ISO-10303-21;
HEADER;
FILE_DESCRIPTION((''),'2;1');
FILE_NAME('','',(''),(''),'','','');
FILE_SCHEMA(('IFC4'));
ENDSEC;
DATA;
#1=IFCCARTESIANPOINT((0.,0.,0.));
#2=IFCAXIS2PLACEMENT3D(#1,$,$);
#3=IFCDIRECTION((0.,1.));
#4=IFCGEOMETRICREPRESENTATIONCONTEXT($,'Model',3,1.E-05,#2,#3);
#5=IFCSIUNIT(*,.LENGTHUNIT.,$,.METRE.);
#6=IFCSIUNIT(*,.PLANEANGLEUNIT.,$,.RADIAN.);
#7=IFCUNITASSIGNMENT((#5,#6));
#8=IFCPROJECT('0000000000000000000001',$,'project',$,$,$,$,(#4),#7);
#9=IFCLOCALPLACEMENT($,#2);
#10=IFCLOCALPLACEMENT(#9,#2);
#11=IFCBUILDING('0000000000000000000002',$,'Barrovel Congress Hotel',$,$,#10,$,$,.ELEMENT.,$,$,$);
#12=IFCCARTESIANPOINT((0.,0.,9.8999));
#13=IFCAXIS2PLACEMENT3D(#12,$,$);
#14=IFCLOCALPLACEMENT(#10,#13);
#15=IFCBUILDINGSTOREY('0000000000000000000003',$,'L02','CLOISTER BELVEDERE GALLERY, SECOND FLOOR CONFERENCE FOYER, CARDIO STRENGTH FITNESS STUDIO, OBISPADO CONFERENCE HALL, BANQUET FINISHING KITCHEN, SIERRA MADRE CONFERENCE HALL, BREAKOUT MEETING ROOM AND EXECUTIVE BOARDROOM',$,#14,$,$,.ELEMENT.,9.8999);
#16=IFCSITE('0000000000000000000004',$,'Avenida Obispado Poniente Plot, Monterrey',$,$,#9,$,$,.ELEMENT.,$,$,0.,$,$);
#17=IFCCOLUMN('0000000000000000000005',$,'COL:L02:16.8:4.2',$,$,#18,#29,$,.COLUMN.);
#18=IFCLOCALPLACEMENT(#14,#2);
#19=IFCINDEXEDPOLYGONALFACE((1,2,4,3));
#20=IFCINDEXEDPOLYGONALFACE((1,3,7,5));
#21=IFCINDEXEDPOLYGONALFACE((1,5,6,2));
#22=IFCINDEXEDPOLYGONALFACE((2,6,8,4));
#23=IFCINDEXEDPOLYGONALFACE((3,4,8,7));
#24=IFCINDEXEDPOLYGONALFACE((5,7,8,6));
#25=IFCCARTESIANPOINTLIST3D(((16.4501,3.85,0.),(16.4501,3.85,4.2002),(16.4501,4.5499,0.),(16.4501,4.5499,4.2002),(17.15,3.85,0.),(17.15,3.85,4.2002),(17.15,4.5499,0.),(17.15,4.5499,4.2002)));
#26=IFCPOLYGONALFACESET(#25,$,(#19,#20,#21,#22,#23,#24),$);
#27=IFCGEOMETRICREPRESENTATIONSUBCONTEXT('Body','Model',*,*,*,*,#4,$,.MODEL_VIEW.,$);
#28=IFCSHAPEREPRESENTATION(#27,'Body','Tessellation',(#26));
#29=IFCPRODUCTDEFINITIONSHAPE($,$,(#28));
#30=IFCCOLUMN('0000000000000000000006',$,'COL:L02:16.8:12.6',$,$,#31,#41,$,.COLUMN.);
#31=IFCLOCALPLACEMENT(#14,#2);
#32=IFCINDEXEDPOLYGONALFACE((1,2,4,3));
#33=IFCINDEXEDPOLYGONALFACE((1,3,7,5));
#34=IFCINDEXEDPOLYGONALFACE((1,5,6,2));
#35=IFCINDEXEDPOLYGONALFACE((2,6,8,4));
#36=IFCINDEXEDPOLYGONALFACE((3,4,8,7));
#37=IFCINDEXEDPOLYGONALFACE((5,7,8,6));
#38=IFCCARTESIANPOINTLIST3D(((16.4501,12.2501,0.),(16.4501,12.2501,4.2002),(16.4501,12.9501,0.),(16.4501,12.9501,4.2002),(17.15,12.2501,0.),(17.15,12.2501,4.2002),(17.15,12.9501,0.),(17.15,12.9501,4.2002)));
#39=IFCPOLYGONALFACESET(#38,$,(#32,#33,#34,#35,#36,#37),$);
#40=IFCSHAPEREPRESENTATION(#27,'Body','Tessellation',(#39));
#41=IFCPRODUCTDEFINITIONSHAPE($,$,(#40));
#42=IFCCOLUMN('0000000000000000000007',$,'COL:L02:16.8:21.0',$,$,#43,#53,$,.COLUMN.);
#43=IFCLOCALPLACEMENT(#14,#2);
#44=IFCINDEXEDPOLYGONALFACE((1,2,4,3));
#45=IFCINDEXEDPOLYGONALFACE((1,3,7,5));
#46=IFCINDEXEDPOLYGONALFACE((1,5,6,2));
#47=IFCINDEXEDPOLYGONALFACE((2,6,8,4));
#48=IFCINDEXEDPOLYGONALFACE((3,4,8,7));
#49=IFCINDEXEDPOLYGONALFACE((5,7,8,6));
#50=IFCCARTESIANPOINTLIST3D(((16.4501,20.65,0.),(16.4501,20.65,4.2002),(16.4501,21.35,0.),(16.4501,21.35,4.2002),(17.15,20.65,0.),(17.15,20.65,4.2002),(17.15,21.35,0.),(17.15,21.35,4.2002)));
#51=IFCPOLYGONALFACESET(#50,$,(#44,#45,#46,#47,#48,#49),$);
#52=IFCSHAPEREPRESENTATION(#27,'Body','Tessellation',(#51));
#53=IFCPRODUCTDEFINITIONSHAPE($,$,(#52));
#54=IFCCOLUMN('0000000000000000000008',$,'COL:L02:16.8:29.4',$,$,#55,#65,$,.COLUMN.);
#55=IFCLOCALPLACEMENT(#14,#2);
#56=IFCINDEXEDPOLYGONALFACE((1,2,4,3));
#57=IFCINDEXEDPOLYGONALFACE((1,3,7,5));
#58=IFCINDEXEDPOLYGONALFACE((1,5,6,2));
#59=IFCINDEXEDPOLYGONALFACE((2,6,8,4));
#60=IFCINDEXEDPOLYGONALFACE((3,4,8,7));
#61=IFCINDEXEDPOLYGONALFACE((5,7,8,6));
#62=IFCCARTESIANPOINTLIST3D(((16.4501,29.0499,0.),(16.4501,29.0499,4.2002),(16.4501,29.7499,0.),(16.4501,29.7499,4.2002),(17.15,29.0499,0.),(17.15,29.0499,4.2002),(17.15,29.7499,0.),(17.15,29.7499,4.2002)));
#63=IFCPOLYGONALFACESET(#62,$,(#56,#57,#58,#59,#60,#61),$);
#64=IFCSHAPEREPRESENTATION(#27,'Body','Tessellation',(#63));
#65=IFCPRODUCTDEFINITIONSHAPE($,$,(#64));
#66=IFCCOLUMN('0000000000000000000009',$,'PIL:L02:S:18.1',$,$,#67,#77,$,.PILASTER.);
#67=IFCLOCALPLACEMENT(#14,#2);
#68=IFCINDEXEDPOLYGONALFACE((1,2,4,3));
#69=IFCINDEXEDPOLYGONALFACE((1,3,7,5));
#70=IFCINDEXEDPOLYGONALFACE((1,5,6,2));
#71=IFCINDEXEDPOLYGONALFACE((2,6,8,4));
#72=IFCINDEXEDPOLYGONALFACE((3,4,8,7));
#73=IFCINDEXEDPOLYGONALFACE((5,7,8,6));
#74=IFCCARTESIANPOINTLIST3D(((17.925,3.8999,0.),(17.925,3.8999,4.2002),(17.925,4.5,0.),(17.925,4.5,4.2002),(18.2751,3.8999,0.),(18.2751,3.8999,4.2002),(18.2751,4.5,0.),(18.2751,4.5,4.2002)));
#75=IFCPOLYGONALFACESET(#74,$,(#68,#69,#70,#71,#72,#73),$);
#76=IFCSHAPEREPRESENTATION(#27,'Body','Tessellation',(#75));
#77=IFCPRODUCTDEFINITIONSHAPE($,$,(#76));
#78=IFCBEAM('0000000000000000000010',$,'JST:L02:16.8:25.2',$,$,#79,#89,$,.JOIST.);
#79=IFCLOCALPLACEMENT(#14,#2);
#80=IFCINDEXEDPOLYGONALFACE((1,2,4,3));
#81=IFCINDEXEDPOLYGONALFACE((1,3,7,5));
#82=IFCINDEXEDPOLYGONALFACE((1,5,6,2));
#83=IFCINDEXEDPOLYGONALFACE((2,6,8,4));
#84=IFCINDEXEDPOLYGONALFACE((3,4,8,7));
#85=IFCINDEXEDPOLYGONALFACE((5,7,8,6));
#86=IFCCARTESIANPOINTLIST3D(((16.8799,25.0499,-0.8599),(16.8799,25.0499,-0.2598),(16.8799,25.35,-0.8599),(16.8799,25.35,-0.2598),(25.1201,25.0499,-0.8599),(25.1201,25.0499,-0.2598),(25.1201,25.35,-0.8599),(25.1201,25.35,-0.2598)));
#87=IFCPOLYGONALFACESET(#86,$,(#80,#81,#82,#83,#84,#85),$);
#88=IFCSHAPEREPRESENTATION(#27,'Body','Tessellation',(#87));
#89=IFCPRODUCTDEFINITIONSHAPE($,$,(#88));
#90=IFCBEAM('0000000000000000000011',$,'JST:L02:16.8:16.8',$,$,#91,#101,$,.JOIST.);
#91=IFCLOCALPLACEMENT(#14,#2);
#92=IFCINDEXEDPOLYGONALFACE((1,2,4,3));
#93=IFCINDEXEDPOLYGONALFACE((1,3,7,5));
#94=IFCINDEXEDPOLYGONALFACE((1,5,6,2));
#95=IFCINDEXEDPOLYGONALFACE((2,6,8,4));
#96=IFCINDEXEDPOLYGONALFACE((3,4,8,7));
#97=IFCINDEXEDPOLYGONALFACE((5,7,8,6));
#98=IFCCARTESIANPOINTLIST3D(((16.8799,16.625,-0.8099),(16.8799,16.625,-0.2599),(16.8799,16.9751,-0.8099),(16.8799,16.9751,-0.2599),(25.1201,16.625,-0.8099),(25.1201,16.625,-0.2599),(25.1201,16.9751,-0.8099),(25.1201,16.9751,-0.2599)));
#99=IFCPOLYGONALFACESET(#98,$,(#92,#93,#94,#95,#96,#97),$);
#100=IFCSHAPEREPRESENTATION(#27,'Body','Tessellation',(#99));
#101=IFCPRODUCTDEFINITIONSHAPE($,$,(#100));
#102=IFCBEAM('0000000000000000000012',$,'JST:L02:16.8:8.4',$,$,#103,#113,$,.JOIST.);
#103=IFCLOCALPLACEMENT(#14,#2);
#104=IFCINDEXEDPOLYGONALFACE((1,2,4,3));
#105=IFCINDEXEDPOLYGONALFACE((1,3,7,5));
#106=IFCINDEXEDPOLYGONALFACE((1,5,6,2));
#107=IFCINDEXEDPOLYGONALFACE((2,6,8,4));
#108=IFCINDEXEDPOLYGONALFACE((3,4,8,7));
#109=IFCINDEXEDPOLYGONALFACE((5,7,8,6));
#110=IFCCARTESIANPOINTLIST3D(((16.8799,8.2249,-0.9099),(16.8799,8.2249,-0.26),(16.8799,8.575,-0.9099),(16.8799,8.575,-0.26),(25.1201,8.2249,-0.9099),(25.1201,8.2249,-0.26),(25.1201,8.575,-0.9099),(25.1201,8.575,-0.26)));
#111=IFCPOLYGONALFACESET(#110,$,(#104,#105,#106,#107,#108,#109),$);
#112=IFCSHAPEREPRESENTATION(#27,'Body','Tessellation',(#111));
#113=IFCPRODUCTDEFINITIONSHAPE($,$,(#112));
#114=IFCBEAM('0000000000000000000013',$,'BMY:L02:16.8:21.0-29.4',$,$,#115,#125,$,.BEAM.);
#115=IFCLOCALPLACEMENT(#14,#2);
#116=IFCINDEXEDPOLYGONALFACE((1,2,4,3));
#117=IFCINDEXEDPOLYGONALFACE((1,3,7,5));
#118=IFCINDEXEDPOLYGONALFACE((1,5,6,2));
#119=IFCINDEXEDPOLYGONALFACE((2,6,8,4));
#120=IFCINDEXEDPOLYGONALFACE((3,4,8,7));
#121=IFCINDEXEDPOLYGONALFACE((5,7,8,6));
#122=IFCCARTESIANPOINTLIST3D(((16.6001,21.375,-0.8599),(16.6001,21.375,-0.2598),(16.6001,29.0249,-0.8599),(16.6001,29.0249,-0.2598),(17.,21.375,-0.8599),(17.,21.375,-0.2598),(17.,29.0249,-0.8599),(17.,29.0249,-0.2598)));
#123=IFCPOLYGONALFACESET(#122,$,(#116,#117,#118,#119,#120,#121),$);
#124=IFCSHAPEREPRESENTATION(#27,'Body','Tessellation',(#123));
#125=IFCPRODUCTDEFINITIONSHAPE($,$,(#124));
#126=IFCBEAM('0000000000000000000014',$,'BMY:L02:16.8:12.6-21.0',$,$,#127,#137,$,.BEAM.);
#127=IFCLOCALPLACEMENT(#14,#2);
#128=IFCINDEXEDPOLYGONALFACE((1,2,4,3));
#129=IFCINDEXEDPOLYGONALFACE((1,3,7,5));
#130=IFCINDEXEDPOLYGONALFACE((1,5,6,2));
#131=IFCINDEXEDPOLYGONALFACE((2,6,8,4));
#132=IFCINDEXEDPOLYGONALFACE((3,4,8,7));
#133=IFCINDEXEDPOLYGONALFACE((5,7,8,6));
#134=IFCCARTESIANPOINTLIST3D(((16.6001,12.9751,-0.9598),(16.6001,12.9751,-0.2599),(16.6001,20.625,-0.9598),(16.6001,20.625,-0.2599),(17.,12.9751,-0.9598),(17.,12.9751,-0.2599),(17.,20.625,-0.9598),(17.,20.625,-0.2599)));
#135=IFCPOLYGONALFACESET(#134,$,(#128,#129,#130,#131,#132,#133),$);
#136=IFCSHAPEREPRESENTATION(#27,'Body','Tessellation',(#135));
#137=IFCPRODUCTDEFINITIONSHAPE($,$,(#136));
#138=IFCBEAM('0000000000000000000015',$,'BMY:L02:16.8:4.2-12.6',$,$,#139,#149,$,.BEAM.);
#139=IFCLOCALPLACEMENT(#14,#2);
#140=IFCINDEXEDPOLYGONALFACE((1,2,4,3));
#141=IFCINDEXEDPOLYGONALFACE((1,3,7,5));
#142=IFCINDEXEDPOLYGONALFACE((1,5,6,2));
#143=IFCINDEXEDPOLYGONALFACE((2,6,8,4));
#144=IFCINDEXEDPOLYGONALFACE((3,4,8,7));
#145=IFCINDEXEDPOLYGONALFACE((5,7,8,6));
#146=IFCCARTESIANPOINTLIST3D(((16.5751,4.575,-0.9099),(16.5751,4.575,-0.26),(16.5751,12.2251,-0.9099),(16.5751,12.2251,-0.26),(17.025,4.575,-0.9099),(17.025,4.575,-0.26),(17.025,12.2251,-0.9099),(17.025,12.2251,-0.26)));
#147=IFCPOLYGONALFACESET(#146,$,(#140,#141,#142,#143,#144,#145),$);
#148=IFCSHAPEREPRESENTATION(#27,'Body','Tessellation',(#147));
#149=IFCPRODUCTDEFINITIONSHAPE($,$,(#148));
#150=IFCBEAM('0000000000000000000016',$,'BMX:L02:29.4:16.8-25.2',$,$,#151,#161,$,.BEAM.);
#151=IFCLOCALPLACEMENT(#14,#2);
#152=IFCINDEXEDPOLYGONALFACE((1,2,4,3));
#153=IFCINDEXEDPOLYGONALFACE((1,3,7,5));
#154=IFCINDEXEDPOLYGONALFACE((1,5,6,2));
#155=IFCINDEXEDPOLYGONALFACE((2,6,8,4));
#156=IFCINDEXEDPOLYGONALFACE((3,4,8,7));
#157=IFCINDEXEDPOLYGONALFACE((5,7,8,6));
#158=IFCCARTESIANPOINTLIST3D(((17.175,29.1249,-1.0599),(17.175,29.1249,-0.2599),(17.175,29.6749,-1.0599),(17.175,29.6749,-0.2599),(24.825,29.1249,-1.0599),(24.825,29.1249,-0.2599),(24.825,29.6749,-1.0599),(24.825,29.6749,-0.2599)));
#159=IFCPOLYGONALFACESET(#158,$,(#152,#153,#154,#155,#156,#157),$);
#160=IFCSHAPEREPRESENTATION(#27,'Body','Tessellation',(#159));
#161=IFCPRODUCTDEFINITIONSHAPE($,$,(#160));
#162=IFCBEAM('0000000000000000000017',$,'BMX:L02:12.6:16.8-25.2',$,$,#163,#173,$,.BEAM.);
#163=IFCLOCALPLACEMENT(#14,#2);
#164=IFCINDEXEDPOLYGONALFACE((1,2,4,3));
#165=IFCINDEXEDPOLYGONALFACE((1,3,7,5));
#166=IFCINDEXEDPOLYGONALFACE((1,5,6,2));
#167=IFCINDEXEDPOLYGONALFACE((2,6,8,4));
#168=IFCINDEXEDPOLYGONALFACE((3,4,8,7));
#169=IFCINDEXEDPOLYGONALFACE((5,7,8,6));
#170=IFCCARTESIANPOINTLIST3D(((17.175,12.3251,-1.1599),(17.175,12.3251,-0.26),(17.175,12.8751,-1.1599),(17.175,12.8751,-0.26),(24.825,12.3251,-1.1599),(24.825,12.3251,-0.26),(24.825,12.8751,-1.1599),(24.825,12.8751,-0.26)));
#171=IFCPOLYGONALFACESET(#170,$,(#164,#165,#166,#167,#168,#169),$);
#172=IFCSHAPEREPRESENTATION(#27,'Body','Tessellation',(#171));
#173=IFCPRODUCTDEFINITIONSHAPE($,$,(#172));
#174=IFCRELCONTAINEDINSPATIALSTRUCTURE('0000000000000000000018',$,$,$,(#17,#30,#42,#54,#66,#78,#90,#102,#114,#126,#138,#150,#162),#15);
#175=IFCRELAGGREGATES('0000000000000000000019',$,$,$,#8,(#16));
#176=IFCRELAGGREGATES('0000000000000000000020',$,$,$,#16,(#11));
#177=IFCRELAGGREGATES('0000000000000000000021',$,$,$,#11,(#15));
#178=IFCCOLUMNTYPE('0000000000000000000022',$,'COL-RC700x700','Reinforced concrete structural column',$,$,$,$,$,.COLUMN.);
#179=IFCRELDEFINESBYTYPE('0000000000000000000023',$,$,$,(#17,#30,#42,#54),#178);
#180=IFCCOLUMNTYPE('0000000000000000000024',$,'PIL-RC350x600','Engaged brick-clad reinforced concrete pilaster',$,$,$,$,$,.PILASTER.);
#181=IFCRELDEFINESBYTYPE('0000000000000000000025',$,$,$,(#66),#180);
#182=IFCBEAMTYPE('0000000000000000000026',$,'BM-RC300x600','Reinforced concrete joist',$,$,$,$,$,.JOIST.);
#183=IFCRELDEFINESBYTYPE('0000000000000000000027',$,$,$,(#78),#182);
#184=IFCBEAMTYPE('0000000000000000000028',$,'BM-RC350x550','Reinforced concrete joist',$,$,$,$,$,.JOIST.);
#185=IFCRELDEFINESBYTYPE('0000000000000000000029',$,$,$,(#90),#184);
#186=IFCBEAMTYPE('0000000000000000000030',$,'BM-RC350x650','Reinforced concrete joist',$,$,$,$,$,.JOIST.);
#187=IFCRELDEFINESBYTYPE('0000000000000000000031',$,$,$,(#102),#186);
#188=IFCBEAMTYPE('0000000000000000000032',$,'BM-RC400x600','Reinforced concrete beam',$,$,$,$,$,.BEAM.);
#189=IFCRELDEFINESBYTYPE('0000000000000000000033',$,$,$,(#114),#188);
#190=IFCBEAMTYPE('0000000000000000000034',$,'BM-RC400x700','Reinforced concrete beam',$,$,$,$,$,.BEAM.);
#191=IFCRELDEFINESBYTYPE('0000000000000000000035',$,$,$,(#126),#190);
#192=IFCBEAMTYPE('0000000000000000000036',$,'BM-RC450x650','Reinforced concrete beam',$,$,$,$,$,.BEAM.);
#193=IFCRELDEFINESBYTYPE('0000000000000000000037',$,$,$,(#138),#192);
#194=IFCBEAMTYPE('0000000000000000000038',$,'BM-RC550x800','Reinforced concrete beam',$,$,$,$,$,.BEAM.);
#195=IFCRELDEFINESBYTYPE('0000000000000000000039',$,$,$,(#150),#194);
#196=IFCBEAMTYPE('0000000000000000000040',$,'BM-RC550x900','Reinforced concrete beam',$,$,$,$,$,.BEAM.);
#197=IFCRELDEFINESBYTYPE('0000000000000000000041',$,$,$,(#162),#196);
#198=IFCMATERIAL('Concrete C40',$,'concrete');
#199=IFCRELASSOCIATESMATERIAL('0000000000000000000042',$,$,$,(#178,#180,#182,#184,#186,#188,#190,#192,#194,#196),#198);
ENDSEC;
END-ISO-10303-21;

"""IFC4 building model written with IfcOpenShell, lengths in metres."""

from ifc_helpers import new_model, si_unit, direction, frame, origin, origin_2d, place, context, subcontext, project, spatial, rectangle, extrude, material, material_profile, profile_set, type_object, element, save


model = new_model("IFC4")

# Units and contexts
model_context = context("Model", 3, precision=1e-05, world=origin(), true_north=direction((0.0, 1.0)))
body_context = subcontext(model_context, "Body", "Model", "MODEL_VIEW")
ifc_project = project(units=[si_unit("LENGTHUNIT", "METRE"), si_unit("PLANEANGLEUNIT", "RADIAN")], contexts=[model_context])

# Site, building, storey
site_placement = place(None, origin())
site = spatial("IfcSite", under=ifc_project, at=site_placement, Name="Avenida Obispado Poniente Plot, Monterrey", CompositionType="ELEMENT", RefElevation=0.0)
building_placement = place(site_placement, origin())
building = spatial("IfcBuilding", under=site, at=building_placement, Name="Barrovel Congress Hotel", CompositionType="ELEMENT")
storey_placement = place(building_placement, frame((0.0, 0.0, 9.8999)))
storey = spatial("IfcBuildingStorey", under=building, at=storey_placement, Name="L02", Description="CLOISTER BELVEDERE GALLERY, SECOND FLOOR CONFERENCE FOYER, CARDIO STRENGTH FITNESS STUDIO, OBISPADO CONFERENCE HALL, BANQUET FINISHING KITCHEN, SIERRA MADRE CONFERENCE HALL, BREAKOUT MEETING ROOM AND EXECUTIVE BOARDROOM", CompositionType="ELEMENT", Elevation=9.8999)

# Columns
ifc_material_1 = material(Name="Concrete C40", Category="concrete")
ifc_material_profile_1 = material_profile(ifc_material_1, rectangle(XDim=0.7, YDim=0.7, at=origin_2d()), Name="RC700x700")
ifc_profile_set_1 = profile_set([ifc_material_profile_1], Name="Concrete C40")
column_type_1 = type_object("IfcColumnType", Name="COL-RC700x700", Description="Reinforced concrete structural column", PredefinedType="COLUMN", material=ifc_profile_set_1)
for number, where, z_axis, x_axis, name in (
    (1, (16.8, 4.2, 0.0), (0.0, 0.0, 1.0), (1.0, 0.0, 0.0), "COL:L02:16.8:4.2"),
    (2, (16.8, 12.6001, 0.0), (0.0, 0.0, 1.0), (1.0, 0.0, 0.0), "COL:L02:16.8:12.6"),
    (3, (16.8, 21.0, 0.0), (0.0, 0.0, 1.0), (1.0, 0.0, 0.0), "COL:L02:16.8:21.0"),
    (4, (16.8, 29.3999, 0.0), (0.0, 0.0, 1.0), (1.0, 0.0, 0.0), "COL:L02:16.8:29.4"),
):
    element("IfcColumn", number, at=place(storey_placement, frame(where, z_axis=z_axis, x_axis=x_axis)), inside=storey, type_object=column_type_1, Name=name, PredefinedType="COLUMN", context=body_context, shape_type="SweptSolid", body=[
        extrude(rectangle(XDim=0.7, YDim=0.7, at=origin_2d()), origin(), (0.0, 0.0, 1.0), 4.2002),
    ])
ifc_material_profile_2 = material_profile(ifc_material_1, rectangle(XDim=0.3501, YDim=0.6001, at=origin_2d()), Name="RC350x600")
ifc_profile_set_2 = profile_set([ifc_material_profile_2], Name="Concrete C40")
column_type_2 = type_object("IfcColumnType", Name="PIL-RC350x600", Description="Engaged brick-clad reinforced concrete pilaster", PredefinedType="PILASTER", material=ifc_profile_set_2)
column_placement = place(storey_placement, frame((18.1001, 4.2, 0.0), z_axis=(0.0, 0.0, 1.0), x_axis=(1.0, 0.0, 0.0)))
element("IfcColumn", 5, at=column_placement, inside=storey, type_object=column_type_2, Name="PIL:L02:S:18.1", PredefinedType="PILASTER", context=body_context, shape_type="SweptSolid", body=[
    extrude(rectangle(XDim=0.3501, YDim=0.6001, at=origin_2d()), origin(), (0.0, 0.0, 1.0), 4.2002),
])

# Beams
ifc_material_profile_3 = material_profile(ifc_material_1, rectangle(XDim=0.3, YDim=0.6001, at=origin_2d()), Name="RC300x600")
ifc_profile_set_3 = profile_set([ifc_material_profile_3], Name="Concrete C40")
beam_type_1 = type_object("IfcBeamType", Name="BM-RC300x600", Description="Reinforced concrete joist", PredefinedType="JOIST", material=ifc_profile_set_3)
beam_1_placement = place(storey_placement, frame((16.8799, 25.2, -0.5598), z_axis=(1.0, 0.0, 0.0), x_axis=(0.0, 1.0, 0.0)))
element("IfcBeam", 6, at=beam_1_placement, inside=storey, type_object=beam_type_1, Name="JST:L02:16.8:25.2", PredefinedType="JOIST", context=body_context, shape_type="SweptSolid", body=[
    extrude(rectangle(XDim=0.3, YDim=0.6001, at=origin_2d()), origin(), (0.0, 0.0, 1.0), 8.2402),
])
ifc_material_profile_4 = material_profile(ifc_material_1, rectangle(XDim=0.3501, YDim=0.55, at=origin_2d()), Name="RC350x550")
ifc_profile_set_4 = profile_set([ifc_material_profile_4], Name="Concrete C40")
beam_type_2 = type_object("IfcBeamType", Name="BM-RC350x550", Description="Reinforced concrete joist", PredefinedType="JOIST", material=ifc_profile_set_4)
beam_2_placement = place(storey_placement, frame((16.8799, 16.8, -0.5349), z_axis=(1.0, 0.0, 0.0), x_axis=(0.0, 1.0, 0.0)))
element("IfcBeam", 7, at=beam_2_placement, inside=storey, type_object=beam_type_2, Name="JST:L02:16.8:16.8", PredefinedType="JOIST", context=body_context, shape_type="SweptSolid", body=[
    extrude(rectangle(XDim=0.3501, YDim=0.55, at=origin_2d()), origin(), (0.0, 0.0, 1.0), 8.2402),
])
ifc_material_profile_5 = material_profile(ifc_material_1, rectangle(XDim=0.3501, YDim=0.6499, at=origin_2d()), Name="RC350x650")
ifc_profile_set_5 = profile_set([ifc_material_profile_5], Name="Concrete C40")
beam_type_3 = type_object("IfcBeamType", Name="BM-RC350x650", Description="Reinforced concrete joist", PredefinedType="JOIST", material=ifc_profile_set_5)
beam_3_placement = place(storey_placement, frame((16.8799, 8.3999, -0.585), z_axis=(1.0, 0.0, 0.0), x_axis=(0.0, 1.0, 0.0)))
element("IfcBeam", 8, at=beam_3_placement, inside=storey, type_object=beam_type_3, Name="JST:L02:16.8:8.4", PredefinedType="JOIST", context=body_context, shape_type="SweptSolid", body=[
    extrude(rectangle(XDim=0.3501, YDim=0.6499, at=origin_2d()), origin(), (0.0, 0.0, 1.0), 8.2402),
])
ifc_material_profile_6 = material_profile(ifc_material_1, rectangle(XDim=0.3999, YDim=0.6001, at=origin_2d()), Name="RC400x600")
ifc_profile_set_6 = profile_set([ifc_material_profile_6], Name="Concrete C40")
beam_type_4 = type_object("IfcBeamType", Name="BM-RC400x600", Description="Reinforced concrete beam", PredefinedType="BEAM", material=ifc_profile_set_6)
beam_4_placement = place(storey_placement, frame((16.8, 21.375, -0.5598), z_axis=(0.0, 1.0, 0.0), x_axis=(-1.0, 0.0, 0.0)))
element("IfcBeam", 9, at=beam_4_placement, inside=storey, type_object=beam_type_4, Name="BMY:L02:16.8:21.0-29.4", PredefinedType="BEAM", context=body_context, shape_type="SweptSolid", body=[
    extrude(rectangle(XDim=0.3999, YDim=0.6001, at=origin_2d()), origin(), (0.0, 0.0, 1.0), 7.6499),
])
ifc_material_profile_7 = material_profile(ifc_material_1, rectangle(XDim=0.3999, YDim=0.7, at=origin_2d()), Name="RC400x700")
ifc_profile_set_7 = profile_set([ifc_material_profile_7], Name="Concrete C40")
beam_type_5 = type_object("IfcBeamType", Name="BM-RC400x700", Description="Reinforced concrete beam", PredefinedType="BEAM", material=ifc_profile_set_7)
beam_5_placement = place(storey_placement, frame((16.8, 12.9751, -0.6099), z_axis=(0.0, 1.0, 0.0), x_axis=(-1.0, 0.0, 0.0)))
element("IfcBeam", 10, at=beam_5_placement, inside=storey, type_object=beam_type_5, Name="BMY:L02:16.8:12.6-21.0", PredefinedType="BEAM", context=body_context, shape_type="SweptSolid", body=[
    extrude(rectangle(XDim=0.3999, YDim=0.7, at=origin_2d()), origin(), (0.0, 0.0, 1.0), 7.6499),
])
ifc_material_profile_8 = material_profile(ifc_material_1, rectangle(XDim=0.45, YDim=0.6499, at=origin_2d()), Name="RC450x650")
ifc_profile_set_8 = profile_set([ifc_material_profile_8], Name="Concrete C40")
beam_type_6 = type_object("IfcBeamType", Name="BM-RC450x650", Description="Reinforced concrete beam", PredefinedType="BEAM", material=ifc_profile_set_8)
beam_6_placement = place(storey_placement, frame((16.8, 4.575, -0.585), z_axis=(0.0, 1.0, 0.0), x_axis=(-1.0, 0.0, 0.0)))
element("IfcBeam", 11, at=beam_6_placement, inside=storey, type_object=beam_type_6, Name="BMY:L02:16.8:4.2-12.6", PredefinedType="BEAM", context=body_context, shape_type="SweptSolid", body=[
    extrude(rectangle(XDim=0.45, YDim=0.6499, at=origin_2d()), origin(), (0.0, 0.0, 1.0), 7.6501),
])
ifc_material_profile_9 = material_profile(ifc_material_1, rectangle(XDim=0.55, YDim=0.8, at=origin_2d()), Name="RC550x800")
ifc_profile_set_9 = profile_set([ifc_material_profile_9], Name="Concrete C40")
beam_type_7 = type_object("IfcBeamType", Name="BM-RC550x800", Description="Reinforced concrete beam", PredefinedType="BEAM", material=ifc_profile_set_9)
beam_7_placement = place(storey_placement, frame((17.175, 29.3999, -0.6599), z_axis=(1.0, 0.0, 0.0), x_axis=(0.0, 1.0, 0.0)))
element("IfcBeam", 12, at=beam_7_placement, inside=storey, type_object=beam_type_7, Name="BMX:L02:29.4:16.8-25.2", PredefinedType="BEAM", context=body_context, shape_type="SweptSolid", body=[
    extrude(rectangle(XDim=0.55, YDim=0.8, at=origin_2d()), origin(), (0.0, 0.0, 1.0), 7.6499),
])
ifc_material_profile_10 = material_profile(ifc_material_1, rectangle(XDim=0.55, YDim=0.8999, at=origin_2d()), Name="RC550x900")
ifc_profile_set_10 = profile_set([ifc_material_profile_10], Name="Concrete C40")
beam_type_8 = type_object("IfcBeamType", Name="BM-RC550x900", Description="Reinforced concrete beam", PredefinedType="BEAM", material=ifc_profile_set_10)
beam_8_placement = place(storey_placement, frame((17.175, 12.6001, -0.71), z_axis=(1.0, 0.0, 0.0), x_axis=(0.0, 1.0, 0.0)))
element("IfcBeam", 13, at=beam_8_placement, inside=storey, type_object=beam_type_8, Name="BMX:L02:12.6:16.8-25.2", PredefinedType="BEAM", context=body_context, shape_type="SweptSolid", body=[
    extrude(rectangle(XDim=0.55, YDim=0.8999, at=origin_2d()), origin(), (0.0, 0.0, 1.0), 7.6499),
])

save(model, "model.ifc")
